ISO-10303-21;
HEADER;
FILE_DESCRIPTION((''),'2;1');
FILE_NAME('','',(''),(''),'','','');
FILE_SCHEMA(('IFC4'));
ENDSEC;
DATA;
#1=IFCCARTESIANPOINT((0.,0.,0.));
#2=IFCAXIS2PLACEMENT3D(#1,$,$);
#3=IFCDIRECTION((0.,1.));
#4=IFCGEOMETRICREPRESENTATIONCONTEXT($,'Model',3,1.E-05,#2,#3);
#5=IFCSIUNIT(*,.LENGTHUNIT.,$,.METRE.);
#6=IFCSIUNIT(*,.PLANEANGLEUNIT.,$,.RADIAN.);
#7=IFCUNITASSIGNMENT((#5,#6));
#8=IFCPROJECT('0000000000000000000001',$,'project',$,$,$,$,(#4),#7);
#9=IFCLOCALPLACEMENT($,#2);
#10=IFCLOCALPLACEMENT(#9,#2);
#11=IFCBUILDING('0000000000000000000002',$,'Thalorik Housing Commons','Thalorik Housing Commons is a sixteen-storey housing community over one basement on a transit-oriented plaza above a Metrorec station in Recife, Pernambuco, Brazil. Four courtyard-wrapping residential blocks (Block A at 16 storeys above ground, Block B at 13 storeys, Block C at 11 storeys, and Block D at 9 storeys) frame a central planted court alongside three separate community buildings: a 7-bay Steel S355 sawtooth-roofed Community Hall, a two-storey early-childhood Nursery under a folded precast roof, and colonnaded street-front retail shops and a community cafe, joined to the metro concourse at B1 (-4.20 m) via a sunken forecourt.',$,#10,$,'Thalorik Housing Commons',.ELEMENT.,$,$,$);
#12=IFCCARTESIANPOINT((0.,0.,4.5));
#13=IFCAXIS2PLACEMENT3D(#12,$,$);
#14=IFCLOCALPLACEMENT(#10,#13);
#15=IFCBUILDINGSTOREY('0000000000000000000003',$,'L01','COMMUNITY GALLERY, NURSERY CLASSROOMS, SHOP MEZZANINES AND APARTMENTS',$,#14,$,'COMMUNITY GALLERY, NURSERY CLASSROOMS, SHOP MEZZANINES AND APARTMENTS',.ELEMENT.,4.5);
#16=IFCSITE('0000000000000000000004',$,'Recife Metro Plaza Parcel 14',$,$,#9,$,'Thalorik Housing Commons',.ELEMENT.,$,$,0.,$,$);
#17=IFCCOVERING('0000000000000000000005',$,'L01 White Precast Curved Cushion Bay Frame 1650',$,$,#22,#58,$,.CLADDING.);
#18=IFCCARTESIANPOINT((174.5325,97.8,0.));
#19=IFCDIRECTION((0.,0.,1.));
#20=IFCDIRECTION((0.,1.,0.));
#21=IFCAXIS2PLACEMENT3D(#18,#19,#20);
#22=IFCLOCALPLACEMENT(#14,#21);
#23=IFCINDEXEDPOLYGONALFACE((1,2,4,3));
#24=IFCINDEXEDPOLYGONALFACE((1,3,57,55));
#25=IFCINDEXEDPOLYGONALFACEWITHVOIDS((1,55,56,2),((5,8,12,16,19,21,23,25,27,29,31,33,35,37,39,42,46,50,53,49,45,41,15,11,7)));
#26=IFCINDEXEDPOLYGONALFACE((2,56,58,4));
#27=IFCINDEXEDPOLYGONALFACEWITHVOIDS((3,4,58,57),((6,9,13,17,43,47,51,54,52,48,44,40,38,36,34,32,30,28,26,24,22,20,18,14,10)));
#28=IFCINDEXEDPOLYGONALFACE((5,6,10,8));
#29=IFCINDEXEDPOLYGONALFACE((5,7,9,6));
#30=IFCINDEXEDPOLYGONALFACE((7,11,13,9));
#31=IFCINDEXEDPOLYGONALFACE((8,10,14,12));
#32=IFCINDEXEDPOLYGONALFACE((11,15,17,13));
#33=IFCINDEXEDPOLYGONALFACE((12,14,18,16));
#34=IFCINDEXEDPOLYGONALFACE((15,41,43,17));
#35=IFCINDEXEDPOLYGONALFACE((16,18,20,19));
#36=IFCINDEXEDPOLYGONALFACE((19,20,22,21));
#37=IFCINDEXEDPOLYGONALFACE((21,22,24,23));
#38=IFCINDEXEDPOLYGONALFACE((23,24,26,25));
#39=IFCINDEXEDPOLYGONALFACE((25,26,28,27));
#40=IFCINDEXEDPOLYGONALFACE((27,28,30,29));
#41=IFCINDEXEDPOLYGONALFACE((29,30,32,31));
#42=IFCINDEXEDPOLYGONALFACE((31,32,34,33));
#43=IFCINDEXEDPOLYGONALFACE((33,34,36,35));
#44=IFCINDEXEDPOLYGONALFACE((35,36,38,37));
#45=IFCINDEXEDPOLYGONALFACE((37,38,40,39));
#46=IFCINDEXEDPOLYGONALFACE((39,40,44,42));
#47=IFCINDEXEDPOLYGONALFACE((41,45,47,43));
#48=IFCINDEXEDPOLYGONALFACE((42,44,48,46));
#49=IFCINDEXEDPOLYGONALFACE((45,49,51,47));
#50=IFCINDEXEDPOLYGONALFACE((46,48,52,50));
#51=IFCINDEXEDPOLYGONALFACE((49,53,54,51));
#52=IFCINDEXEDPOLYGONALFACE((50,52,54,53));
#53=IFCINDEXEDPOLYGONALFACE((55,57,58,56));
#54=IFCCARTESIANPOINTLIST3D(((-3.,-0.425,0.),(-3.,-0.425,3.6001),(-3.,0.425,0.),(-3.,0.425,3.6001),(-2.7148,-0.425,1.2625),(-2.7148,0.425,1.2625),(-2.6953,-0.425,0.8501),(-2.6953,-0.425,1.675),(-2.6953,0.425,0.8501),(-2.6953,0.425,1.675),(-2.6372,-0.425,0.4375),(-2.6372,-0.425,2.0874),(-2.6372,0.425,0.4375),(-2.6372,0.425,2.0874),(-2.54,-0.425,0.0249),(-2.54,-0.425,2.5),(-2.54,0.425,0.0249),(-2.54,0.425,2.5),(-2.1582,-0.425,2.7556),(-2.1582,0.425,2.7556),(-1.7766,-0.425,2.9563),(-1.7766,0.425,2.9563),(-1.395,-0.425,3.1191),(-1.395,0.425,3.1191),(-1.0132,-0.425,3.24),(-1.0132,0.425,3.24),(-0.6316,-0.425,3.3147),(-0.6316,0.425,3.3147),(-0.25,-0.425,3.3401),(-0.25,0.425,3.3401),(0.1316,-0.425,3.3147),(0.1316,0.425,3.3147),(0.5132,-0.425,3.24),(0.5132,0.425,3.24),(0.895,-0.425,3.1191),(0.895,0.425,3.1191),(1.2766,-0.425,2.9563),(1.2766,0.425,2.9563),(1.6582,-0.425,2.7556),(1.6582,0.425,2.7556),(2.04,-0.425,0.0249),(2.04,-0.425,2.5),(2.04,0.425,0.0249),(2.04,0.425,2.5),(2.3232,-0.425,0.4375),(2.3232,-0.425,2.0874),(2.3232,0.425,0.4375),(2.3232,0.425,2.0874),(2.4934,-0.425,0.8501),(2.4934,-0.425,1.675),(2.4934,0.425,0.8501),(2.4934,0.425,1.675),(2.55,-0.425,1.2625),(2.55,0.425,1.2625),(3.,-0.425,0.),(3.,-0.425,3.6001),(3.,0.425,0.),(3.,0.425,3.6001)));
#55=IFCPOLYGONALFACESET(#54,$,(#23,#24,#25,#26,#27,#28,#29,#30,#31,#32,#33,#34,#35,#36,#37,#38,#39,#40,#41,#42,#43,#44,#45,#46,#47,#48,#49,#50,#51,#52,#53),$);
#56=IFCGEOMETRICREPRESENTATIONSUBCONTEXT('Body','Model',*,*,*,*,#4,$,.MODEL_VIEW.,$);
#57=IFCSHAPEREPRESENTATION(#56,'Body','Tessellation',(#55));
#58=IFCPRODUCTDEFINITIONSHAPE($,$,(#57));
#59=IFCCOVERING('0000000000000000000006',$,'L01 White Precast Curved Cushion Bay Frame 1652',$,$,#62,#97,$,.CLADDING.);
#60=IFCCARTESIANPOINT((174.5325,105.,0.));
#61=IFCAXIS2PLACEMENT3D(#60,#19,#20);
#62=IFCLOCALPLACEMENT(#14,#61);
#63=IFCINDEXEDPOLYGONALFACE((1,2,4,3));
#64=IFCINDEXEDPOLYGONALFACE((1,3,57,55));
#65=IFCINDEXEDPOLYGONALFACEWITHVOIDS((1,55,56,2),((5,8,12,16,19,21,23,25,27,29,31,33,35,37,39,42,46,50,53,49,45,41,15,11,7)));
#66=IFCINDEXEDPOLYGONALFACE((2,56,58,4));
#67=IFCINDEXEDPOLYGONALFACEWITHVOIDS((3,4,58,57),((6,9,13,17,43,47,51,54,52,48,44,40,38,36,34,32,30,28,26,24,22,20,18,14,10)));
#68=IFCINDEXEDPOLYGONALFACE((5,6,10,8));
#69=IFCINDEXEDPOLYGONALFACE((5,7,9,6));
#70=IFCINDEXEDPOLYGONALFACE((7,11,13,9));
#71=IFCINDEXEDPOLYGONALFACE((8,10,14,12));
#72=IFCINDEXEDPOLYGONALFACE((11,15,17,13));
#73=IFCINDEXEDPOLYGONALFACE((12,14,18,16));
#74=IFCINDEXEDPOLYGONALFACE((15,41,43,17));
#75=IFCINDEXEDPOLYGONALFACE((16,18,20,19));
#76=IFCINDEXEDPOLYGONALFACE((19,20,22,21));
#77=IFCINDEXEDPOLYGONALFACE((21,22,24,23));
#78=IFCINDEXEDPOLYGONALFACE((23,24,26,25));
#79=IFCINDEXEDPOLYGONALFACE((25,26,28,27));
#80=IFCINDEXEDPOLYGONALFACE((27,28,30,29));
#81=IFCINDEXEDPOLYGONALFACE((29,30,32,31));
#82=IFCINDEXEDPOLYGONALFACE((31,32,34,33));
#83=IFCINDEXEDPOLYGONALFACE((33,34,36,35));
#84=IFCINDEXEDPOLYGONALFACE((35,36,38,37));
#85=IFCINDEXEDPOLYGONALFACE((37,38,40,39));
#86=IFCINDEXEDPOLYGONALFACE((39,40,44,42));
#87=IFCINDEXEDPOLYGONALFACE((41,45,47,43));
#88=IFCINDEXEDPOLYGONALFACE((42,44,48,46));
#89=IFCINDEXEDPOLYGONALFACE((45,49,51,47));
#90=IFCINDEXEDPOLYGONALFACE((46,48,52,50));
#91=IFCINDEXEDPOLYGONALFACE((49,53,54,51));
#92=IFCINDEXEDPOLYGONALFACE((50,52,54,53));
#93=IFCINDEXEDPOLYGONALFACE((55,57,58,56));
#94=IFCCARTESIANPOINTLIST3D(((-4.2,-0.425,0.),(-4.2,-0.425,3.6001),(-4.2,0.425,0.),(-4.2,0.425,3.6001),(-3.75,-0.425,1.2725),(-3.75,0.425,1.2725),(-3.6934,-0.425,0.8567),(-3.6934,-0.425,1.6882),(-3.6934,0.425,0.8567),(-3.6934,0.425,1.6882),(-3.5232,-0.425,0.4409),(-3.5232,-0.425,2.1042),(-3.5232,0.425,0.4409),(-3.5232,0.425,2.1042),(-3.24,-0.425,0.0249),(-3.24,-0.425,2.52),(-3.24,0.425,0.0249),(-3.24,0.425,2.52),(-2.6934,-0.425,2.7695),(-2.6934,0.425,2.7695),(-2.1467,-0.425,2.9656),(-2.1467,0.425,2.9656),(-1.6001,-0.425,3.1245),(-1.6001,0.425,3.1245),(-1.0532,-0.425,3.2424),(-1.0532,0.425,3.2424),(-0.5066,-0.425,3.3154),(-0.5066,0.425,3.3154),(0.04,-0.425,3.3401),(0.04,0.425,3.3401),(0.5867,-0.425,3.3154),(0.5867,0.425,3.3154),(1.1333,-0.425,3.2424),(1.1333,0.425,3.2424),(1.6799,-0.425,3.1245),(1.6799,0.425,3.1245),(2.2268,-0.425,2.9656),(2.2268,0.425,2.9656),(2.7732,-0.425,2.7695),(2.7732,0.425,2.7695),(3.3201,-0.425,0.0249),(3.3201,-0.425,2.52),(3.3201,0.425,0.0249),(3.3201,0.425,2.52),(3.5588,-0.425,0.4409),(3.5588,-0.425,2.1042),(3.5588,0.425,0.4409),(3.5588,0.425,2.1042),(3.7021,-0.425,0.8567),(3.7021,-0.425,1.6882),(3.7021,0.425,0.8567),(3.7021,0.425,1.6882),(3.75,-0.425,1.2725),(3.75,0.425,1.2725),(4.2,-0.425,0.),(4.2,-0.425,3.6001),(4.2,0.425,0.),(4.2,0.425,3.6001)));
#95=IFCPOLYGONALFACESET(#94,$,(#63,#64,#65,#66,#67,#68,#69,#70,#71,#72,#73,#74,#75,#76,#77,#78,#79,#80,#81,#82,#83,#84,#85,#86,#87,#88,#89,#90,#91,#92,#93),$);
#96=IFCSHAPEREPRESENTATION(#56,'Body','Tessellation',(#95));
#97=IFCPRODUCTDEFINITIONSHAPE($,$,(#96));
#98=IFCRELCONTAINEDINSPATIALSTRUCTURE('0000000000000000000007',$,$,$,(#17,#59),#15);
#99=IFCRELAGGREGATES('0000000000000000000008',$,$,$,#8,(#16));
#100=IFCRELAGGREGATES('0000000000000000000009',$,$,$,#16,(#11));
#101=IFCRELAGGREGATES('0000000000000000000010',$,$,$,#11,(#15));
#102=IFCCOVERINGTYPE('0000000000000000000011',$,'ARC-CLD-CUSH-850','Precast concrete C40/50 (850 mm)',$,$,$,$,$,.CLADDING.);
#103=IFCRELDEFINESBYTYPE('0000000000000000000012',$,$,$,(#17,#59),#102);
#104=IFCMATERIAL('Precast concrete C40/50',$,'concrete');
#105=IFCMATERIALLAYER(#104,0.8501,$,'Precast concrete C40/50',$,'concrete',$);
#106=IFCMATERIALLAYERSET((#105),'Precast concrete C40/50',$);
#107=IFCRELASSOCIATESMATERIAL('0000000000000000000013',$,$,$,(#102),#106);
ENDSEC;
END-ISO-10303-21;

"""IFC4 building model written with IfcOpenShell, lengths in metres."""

from ifc_helpers import new_model, si_unit, direction, frame, origin, place, context, subcontext, project, spatial, polyline, outline, extrude, material, layer, layer_set, type_object, element, save


model = new_model("IFC4")

# Units and contexts
model_context = context("Model", 3, precision=1e-05, world=origin(), true_north=direction((0.0, 1.0)))
body_context = subcontext(model_context, "Body", "Model", "MODEL_VIEW")
ifc_project = project(units=[si_unit("LENGTHUNIT", "METRE"), si_unit("PLANEANGLEUNIT", "RADIAN")], contexts=[model_context])

# Site, building, storey
site_placement = place(None, origin())
site = spatial("IfcSite", under=ifc_project, at=site_placement, Name="Recife Metro Plaza Parcel 14", LongName="Thalorik Housing Commons", CompositionType="ELEMENT", RefElevation=0.0)
building_placement = place(site_placement, origin())
building = spatial("IfcBuilding", under=site, at=building_placement, Name="Thalorik Housing Commons", Description="Thalorik Housing Commons is a sixteen-storey housing community over one basement on a transit-oriented plaza above a Metrorec station in Recife, Pernambuco, Brazil. Four courtyard-wrapping residential blocks (Block A at 16 storeys above ground, Block B at 13 storeys, Block C at 11 storeys, and Block D at 9 storeys) frame a central planted court alongside three separate community buildings: a 7-bay Steel S355 sawtooth-roofed Community Hall, a two-storey early-childhood Nursery under a folded precast roof, and colonnaded street-front retail shops and a community cafe, joined to the metro concourse at B1 (-4.20 m) via a sunken forecourt.", LongName="Thalorik Housing Commons", CompositionType="ELEMENT")
storey_placement = place(building_placement, frame((0.0, 0.0, 4.5)))
storey = spatial("IfcBuildingStorey", under=building, at=storey_placement, Name="L01", Description="COMMUNITY GALLERY, NURSERY CLASSROOMS, SHOP MEZZANINES AND APARTMENTS", LongName="COMMUNITY GALLERY, NURSERY CLASSROOMS, SHOP MEZZANINES AND APARTMENTS", CompositionType="ELEMENT", Elevation=4.5)

# Shared definitions
ifc_material_1 = material(Name="Precast concrete C40/50", Category="concrete")

# Coverings
ifc_layer_1 = layer(ifc_material_1, 0.8501, Name="Precast concrete C40/50", Category="concrete")
ifc_layer_set_1 = layer_set([ifc_layer_1], Name="Precast concrete C40/50")
covering_type_1 = type_object("IfcCoveringType", Name="ARC-CLD-CUSH-850", Description="Precast concrete C40/50 (850 mm)", PredefinedType="CLADDING", material=ifc_layer_set_1)
covering_1_placement = place(storey_placement, frame((174.5325, 97.8, 0.0), z_axis=(0.0, 0.0, 1.0), x_axis=(0.0, 1.0, 0.0)))
element("IfcCovering", 1, at=covering_1_placement, inside=storey, type_object=covering_type_1, Name="L01 White Precast Curved Cushion Bay Frame 1650", PredefinedType="CLADDING", context=body_context, shape_type="SweptSolid", body=[
    extrude(outline(polyline([(-3.0, 0.0), (3.0, 0.0), (3.0, 3.6001), (-3.0, 3.6001), (-3.0, 0.0)]), holes=[polyline([(2.04, 0.0249), (2.3232, 0.4375), (2.4934, 0.8501), (2.55, 1.2625), (2.4934, 1.675), (2.3232, 2.0874), (2.04, 2.5), (1.6582, 2.7556), (1.2766, 2.9563), (0.895, 3.1191), (0.5132, 3.24), (0.1316, 3.3147), (-0.25, 3.3401), (-0.6316, 3.3147), (-1.0132, 3.24), (-1.395, 3.1191), (-1.7766, 2.9563), (-2.1582, 2.7556), (-2.54, 2.5), (-2.6372, 2.0874), (-2.6953, 1.675), (-2.7148, 1.2625), (-2.6953, 0.8501), (-2.6372, 0.4375), (-2.54, 0.0249), (2.04, 0.0249)])]), frame((0.0, 0.425, 0.0), z_axis=(0.0, -1.0, 0.0), x_axis=(1.0, 0.0, 0.0)), (0.0, 0.0, 1.0), 0.8501),
])
covering_2_placement = place(storey_placement, frame((174.5325, 105.0, 0.0), z_axis=(0.0, 0.0, 1.0), x_axis=(0.0, 1.0, 0.0)))
element("IfcCovering", 2, at=covering_2_placement, inside=storey, type_object=covering_type_1, Name="L01 White Precast Curved Cushion Bay Frame 1652", PredefinedType="CLADDING", context=body_context, shape_type="SweptSolid", body=[
    extrude(outline(polyline([(-4.2, 0.0), (4.2, 0.0), (4.2, 3.6001), (-4.2, 3.6001), (-4.2, 0.0)]), holes=[polyline([(3.3201, 0.0249), (3.5588, 0.4409), (3.7021, 0.8567), (3.75, 1.2725), (3.7021, 1.6882), (3.5588, 2.1042), (3.3201, 2.52), (2.7732, 2.7695), (2.2268, 2.9656), (1.6799, 3.1245), (1.1333, 3.2424), (0.5867, 3.3154), (0.04, 3.3401), (-0.5066, 3.3154), (-1.0532, 3.2424), (-1.6001, 3.1245), (-2.1467, 2.9656), (-2.6934, 2.7695), (-3.24, 2.52), (-3.5232, 2.1042), (-3.6934, 1.6882), (-3.75, 1.2725), (-3.6934, 0.8567), (-3.5232, 0.4409), (-3.24, 0.0249), (3.3201, 0.0249)])]), frame((0.0, 0.425, 0.0), z_axis=(0.0, -1.0, 0.0), x_axis=(1.0, 0.0, 0.0)), (0.0, 0.0, 1.0), 0.8501),
])

save(model, "model.ifc")
